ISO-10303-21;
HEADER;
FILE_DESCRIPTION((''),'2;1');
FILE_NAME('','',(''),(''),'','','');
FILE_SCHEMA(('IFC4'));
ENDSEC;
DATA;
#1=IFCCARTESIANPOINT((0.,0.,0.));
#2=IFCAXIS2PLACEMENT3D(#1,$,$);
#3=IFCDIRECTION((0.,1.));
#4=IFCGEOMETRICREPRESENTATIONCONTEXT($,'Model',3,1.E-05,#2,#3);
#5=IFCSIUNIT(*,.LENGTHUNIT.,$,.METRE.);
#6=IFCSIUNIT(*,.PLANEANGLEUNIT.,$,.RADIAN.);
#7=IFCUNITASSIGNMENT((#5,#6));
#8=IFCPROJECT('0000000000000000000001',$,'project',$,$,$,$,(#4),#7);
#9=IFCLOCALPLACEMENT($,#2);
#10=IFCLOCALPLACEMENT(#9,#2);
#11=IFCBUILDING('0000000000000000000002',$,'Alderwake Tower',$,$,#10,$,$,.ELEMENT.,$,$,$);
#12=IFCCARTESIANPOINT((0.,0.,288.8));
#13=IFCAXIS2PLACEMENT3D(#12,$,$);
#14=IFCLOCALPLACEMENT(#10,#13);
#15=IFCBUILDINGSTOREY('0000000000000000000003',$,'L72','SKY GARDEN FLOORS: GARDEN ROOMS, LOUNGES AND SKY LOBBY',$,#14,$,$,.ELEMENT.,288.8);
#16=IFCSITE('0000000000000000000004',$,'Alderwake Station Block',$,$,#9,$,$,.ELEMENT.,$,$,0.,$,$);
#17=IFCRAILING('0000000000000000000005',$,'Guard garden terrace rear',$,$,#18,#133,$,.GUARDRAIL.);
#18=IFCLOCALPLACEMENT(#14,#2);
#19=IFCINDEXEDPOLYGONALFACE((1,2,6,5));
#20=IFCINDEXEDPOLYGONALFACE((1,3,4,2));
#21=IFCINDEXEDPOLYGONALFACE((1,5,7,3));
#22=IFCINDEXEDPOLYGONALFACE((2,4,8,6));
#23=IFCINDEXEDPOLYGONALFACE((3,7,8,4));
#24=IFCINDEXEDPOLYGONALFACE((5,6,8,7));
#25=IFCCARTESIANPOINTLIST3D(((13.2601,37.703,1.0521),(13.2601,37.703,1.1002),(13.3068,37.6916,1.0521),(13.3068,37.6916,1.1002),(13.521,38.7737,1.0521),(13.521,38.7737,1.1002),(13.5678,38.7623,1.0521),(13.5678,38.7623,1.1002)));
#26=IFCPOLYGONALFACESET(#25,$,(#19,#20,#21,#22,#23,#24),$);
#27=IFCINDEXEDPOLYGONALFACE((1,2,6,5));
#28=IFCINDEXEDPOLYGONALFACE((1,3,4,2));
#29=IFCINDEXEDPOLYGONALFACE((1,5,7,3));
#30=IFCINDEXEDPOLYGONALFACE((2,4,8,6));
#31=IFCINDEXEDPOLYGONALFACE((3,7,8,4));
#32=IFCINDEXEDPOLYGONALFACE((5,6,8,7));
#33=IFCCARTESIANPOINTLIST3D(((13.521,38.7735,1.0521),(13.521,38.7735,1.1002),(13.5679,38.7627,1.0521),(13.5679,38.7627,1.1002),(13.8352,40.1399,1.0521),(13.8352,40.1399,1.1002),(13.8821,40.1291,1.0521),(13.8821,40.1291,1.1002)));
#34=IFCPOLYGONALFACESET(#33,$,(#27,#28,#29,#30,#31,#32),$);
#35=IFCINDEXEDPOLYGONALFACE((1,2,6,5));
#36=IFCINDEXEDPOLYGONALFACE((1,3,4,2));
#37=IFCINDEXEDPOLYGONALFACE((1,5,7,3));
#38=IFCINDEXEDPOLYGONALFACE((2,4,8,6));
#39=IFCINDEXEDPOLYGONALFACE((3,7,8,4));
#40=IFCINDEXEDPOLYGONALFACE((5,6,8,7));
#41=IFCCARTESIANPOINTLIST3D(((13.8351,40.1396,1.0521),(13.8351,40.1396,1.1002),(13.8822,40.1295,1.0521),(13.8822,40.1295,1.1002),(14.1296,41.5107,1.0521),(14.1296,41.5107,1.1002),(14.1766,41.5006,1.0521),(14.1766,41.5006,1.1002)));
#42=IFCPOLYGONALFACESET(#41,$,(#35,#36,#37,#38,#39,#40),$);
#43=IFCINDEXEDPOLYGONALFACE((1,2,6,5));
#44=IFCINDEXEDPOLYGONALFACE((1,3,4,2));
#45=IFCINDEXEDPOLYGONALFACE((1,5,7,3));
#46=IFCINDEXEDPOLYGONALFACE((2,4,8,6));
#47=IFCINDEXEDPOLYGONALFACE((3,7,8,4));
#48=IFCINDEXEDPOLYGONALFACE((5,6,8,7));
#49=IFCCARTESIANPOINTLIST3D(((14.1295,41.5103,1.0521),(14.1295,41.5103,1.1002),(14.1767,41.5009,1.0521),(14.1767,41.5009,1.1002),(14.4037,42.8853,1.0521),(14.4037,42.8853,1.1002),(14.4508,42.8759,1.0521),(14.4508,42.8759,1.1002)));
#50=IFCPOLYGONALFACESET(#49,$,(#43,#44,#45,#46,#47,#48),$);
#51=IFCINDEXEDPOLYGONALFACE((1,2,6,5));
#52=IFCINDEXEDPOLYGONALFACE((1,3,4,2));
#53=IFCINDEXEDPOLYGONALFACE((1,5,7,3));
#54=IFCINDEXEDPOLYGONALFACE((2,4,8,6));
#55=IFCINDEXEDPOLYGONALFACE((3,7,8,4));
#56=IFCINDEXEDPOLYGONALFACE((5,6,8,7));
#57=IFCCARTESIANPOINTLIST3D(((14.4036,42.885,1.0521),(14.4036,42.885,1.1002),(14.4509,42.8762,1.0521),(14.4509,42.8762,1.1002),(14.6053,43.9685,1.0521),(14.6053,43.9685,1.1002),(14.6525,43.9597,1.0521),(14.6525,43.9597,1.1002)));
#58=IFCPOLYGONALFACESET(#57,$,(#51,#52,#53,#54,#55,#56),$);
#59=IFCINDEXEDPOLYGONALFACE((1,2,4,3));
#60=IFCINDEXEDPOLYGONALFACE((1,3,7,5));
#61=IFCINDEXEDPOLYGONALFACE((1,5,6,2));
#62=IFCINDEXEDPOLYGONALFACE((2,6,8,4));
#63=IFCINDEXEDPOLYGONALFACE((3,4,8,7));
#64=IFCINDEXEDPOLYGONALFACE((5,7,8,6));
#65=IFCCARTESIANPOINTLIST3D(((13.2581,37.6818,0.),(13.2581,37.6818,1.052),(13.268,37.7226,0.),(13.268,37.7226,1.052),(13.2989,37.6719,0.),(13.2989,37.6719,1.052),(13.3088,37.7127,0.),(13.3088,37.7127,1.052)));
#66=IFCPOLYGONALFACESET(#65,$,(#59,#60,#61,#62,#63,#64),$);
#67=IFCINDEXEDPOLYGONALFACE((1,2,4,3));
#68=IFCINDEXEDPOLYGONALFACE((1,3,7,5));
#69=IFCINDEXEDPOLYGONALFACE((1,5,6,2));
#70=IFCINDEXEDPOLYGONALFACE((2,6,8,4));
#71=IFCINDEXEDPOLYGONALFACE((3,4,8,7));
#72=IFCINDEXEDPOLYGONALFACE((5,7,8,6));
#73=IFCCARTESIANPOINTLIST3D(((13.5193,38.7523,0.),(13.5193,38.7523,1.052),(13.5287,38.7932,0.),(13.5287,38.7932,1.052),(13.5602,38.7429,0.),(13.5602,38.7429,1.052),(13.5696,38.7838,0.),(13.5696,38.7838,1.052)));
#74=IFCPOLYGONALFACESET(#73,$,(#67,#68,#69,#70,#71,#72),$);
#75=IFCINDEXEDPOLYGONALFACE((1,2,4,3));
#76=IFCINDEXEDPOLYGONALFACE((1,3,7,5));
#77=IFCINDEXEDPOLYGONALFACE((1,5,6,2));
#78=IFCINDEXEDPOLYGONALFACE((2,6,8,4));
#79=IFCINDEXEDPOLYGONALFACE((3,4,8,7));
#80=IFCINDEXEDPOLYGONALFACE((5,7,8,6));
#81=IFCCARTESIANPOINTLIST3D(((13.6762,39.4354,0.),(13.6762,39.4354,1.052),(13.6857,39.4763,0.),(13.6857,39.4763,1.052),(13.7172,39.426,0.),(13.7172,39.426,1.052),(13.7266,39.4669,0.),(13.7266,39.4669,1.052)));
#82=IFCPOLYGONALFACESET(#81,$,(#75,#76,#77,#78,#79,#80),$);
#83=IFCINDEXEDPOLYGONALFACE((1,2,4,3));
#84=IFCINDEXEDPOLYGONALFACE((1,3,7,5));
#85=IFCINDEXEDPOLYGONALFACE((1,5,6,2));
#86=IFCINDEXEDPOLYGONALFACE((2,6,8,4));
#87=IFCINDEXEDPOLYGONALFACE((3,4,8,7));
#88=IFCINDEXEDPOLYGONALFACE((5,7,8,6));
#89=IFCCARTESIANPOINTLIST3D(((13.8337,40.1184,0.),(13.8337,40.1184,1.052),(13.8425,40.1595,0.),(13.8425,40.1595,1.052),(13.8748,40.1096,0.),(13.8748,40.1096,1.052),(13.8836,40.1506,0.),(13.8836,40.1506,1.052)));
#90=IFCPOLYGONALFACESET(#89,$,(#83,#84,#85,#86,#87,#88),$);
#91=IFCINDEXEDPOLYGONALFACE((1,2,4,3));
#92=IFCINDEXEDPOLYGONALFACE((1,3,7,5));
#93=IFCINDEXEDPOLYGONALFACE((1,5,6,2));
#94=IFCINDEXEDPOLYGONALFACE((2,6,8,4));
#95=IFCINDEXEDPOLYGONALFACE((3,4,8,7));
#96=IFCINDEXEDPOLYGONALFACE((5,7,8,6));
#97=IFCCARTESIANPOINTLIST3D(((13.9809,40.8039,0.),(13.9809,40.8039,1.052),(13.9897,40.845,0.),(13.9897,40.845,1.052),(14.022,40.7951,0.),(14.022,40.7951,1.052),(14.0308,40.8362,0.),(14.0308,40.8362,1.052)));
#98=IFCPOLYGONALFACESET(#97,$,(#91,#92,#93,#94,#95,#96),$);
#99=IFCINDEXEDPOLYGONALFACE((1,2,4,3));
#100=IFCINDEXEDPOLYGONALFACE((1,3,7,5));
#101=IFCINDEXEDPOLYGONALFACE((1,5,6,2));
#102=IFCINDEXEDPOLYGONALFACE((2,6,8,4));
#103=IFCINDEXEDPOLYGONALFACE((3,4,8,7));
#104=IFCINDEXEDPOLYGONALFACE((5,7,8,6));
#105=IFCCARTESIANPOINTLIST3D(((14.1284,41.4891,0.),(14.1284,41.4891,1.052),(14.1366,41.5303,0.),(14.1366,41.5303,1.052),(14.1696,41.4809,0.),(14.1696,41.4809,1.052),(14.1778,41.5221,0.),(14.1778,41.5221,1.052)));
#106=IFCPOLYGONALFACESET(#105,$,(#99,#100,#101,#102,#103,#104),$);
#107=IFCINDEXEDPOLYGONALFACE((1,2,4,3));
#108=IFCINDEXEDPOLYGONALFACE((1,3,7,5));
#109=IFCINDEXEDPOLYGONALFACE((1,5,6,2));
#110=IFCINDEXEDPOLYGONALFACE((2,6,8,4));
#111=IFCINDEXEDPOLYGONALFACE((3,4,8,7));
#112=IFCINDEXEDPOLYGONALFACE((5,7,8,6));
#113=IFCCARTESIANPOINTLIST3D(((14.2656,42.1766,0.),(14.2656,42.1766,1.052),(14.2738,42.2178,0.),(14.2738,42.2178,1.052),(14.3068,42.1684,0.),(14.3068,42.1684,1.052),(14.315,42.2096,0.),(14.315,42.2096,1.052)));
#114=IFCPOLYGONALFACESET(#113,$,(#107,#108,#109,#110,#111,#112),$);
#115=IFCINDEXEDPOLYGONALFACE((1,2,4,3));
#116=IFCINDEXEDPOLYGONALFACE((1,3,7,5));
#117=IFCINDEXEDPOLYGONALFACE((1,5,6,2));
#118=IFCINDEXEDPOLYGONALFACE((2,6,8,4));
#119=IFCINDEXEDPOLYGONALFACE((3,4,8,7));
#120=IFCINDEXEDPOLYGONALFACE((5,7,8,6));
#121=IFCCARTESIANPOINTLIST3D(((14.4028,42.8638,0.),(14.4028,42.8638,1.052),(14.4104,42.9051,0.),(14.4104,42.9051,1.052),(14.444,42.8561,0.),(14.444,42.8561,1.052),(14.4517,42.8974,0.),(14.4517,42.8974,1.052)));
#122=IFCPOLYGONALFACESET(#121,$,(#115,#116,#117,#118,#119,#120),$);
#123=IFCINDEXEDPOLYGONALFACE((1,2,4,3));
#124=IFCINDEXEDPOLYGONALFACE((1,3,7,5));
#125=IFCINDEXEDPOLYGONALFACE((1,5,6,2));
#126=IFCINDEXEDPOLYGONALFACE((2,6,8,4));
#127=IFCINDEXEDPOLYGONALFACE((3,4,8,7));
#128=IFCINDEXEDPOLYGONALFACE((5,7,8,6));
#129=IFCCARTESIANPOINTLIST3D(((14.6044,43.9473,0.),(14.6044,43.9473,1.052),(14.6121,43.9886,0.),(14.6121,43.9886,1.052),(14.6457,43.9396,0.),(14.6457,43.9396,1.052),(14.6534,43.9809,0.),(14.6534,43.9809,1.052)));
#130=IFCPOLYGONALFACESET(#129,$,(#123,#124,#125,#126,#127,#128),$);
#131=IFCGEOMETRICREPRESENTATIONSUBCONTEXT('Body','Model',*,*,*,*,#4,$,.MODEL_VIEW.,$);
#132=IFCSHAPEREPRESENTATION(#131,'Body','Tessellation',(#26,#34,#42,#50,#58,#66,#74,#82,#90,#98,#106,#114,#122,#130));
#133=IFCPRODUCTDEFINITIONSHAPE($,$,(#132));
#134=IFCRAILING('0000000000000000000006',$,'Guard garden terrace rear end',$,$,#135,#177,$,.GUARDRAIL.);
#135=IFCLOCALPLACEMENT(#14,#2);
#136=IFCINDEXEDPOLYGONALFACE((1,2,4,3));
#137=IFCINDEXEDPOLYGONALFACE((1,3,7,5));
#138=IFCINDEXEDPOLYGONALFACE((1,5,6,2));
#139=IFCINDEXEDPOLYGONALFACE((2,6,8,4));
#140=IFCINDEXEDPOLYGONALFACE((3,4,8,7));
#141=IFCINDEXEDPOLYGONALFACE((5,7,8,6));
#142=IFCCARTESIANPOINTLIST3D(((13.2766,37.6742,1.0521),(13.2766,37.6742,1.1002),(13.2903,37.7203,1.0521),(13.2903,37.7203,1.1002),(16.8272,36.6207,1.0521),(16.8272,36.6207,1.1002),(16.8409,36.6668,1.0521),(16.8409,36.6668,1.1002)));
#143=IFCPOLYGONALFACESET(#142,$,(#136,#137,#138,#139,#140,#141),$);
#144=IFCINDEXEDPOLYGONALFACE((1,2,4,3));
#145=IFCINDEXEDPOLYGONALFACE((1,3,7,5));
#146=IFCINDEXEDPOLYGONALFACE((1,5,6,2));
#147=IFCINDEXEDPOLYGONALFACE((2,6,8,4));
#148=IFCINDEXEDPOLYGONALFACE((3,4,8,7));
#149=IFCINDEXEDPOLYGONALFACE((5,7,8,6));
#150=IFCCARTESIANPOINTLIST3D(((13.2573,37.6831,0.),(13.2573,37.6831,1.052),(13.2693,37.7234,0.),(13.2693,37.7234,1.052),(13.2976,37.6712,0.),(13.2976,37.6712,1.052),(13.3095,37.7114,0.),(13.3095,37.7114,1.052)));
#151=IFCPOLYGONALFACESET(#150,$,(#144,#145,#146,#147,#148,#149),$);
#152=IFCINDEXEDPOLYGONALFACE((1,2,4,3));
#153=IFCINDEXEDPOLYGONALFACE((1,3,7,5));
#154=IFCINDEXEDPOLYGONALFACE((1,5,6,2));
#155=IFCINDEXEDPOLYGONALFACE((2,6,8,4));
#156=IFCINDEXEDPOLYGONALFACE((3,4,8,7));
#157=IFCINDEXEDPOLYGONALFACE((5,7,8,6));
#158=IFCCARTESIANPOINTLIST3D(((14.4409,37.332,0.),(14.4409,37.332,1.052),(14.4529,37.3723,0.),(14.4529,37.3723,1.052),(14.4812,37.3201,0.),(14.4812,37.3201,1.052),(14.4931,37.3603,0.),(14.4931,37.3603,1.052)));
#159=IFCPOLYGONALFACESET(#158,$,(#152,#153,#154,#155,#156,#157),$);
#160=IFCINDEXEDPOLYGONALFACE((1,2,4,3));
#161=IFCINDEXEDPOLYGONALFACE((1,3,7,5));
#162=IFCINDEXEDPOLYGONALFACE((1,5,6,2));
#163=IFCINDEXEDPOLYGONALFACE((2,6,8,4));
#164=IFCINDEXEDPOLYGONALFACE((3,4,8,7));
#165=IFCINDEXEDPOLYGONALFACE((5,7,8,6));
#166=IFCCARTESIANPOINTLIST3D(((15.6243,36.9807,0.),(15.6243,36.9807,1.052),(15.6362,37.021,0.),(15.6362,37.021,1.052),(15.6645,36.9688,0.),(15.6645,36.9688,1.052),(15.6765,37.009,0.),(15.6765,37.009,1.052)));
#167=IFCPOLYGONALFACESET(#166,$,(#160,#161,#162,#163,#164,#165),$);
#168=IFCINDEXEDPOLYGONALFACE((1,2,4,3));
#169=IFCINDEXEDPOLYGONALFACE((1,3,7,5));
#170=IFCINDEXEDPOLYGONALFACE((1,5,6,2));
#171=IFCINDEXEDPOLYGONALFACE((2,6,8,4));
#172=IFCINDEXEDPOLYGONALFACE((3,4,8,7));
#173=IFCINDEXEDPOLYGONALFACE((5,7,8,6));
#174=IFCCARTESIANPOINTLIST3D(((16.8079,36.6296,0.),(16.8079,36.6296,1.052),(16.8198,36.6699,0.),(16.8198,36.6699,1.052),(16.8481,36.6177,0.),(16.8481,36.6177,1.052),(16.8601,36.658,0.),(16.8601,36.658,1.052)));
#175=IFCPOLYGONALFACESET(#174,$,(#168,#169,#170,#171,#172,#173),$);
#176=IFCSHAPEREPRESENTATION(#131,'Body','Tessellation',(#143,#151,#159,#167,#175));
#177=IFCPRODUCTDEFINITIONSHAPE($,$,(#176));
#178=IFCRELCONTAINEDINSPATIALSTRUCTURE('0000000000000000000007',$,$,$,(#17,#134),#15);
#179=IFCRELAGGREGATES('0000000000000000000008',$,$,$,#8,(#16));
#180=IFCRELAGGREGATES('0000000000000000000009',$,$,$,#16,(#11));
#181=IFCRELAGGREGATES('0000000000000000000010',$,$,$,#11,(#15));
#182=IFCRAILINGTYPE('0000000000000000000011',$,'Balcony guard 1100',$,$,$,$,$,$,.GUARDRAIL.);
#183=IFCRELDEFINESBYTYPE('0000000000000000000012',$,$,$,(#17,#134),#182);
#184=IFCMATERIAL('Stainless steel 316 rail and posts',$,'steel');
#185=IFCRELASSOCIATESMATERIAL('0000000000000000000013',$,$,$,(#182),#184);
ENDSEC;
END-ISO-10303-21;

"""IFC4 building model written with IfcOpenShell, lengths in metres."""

from ifc_helpers import new_model, si_unit, direction, frame, origin, origin_2d, place, context, subcontext, project, spatial, rectangle, extrude, material, type_object, element, save


model = new_model("IFC4")

# Units and contexts
model_context = context("Model", 3, precision=1e-05, world=origin(), true_north=direction((0.0, 1.0)))
body_context = subcontext(model_context, "Body", "Model", "MODEL_VIEW")
ifc_project = project(units=[si_unit("LENGTHUNIT", "METRE"), si_unit("PLANEANGLEUNIT", "RADIAN")], contexts=[model_context])

# Site, building, storey
site_placement = place(None, origin())
site = spatial("IfcSite", under=ifc_project, at=site_placement, Name="Alderwake Station Block", CompositionType="ELEMENT", RefElevation=0.0)
building_placement = place(site_placement, origin())
building = spatial("IfcBuilding", under=site, at=building_placement, Name="Alderwake Tower", CompositionType="ELEMENT")
storey_placement = place(building_placement, frame((0.0, 0.0, 288.8)))
storey = spatial("IfcBuildingStorey", under=building, at=storey_placement, Name="L72", Description="SKY GARDEN FLOORS: GARDEN ROOMS, LOUNGES AND SKY LOBBY", CompositionType="ELEMENT", Elevation=288.8)

# Railings
ifc_material_1 = material(Name="Stainless steel 316 rail and posts", Category="steel")
railing_type = type_object("IfcRailingType", Name="Balcony guard 1100", PredefinedType="GUARDRAIL", material=ifc_material_1)
railing_1_placement = place(storey_placement, frame((13.2834, 37.6973, 0.0)))
element("IfcRailing", 1, at=railing_1_placement, inside=storey, type_object=railing_type, Name="Guard garden terrace rear", PredefinedType="GUARDRAIL", context=body_context, shape_type="SweptSolid", body=[
    extrude(rectangle(XDim=0.0481, YDim=0.0481, at=origin_2d()), frame((0.0, 0.0, 1.0762), z_axis=(0.236798, 0.971559, 0.0), x_axis=(-0.971559, 0.236798, 0.0)), (0.0, 0.0, 1.0), 1.1021),
    extrude(rectangle(XDim=0.0481, YDim=0.0481, at=origin_2d()), frame((0.261, 1.0708, 1.0762), z_axis=(0.224096, 0.974567, 0.0), x_axis=(-0.974567, 0.224096, 0.0)), (0.0, 0.0, 1.0), 1.4021),
    extrude(rectangle(XDim=0.0481, YDim=0.0481, at=origin_2d()), frame((0.5752, 2.4373, 1.0762), z_axis=(0.209957, 0.977711, 0.0), x_axis=(-0.977711, 0.209957, 0.0)), (0.0, 0.0, 1.0), 1.4023),
    extrude(rectangle(XDim=0.0481, YDim=0.0481, at=origin_2d()), frame((0.8696, 3.8083, 1.0762), z_axis=(0.195547, 0.980694, 0.0), x_axis=(-0.980694, 0.195547, 0.0)), (0.0, 0.0, 1.0), 1.4021),
    extrude(rectangle(XDim=0.0481, YDim=0.0481, at=origin_2d()), frame((1.1438, 5.1833, 1.0762), z_axis=(0.182978, 0.983117, 0.0), x_axis=(-0.983117, 0.182978, 0.0)), (0.0, 0.0, 1.0), 1.1021),
    extrude(rectangle(XDim=0.042, YDim=0.042, at=origin_2d()), frame((0.0, 0.0, 0.0), z_axis=(0.0, 0.0, 1.0), x_axis=(0.236798, 0.971559, 0.0)), (0.0, 0.0, 1.0), 1.052),
    extrude(rectangle(XDim=0.042, YDim=0.042, at=origin_2d()), frame((0.261, 1.0708, 0.0), z_axis=(0.0, 0.0, 1.0), x_axis=(0.224096, 0.974567, 0.0)), (0.0, 0.0, 1.0), 1.052),
    extrude(rectangle(XDim=0.042, YDim=0.042, at=origin_2d()), frame((0.418, 1.7539, 0.0), z_axis=(0.0, 0.0, 1.0), x_axis=(0.224096, 0.974567, 0.0)), (0.0, 0.0, 1.0), 1.052),
    extrude(rectangle(XDim=0.042, YDim=0.042, at=origin_2d()), frame((0.5752, 2.4373, 0.0), z_axis=(0.0, 0.0, 1.0), x_axis=(0.209957, 0.977711, 0.0)), (0.0, 0.0, 1.0), 1.052),
    extrude(rectangle(XDim=0.042, YDim=0.042, at=origin_2d()), frame((0.7224, 3.1228, 0.0), z_axis=(0.0, 0.0, 1.0), x_axis=(0.209957, 0.977711, 0.0)), (0.0, 0.0, 1.0), 1.052),
    extrude(rectangle(XDim=0.042, YDim=0.042, at=origin_2d()), frame((0.8696, 3.8083, 0.0), z_axis=(0.0, 0.0, 1.0), x_axis=(0.195547, 0.980694, 0.0)), (0.0, 0.0, 1.0), 1.052),
    extrude(rectangle(XDim=0.042, YDim=0.042, at=origin_2d()), frame((1.0068, 4.4958, 0.0), z_axis=(0.0, 0.0, 1.0), x_axis=(0.195547, 0.980694, 0.0)), (0.0, 0.0, 1.0), 1.052),
    extrude(rectangle(XDim=0.042, YDim=0.042, at=origin_2d()), frame((1.1438, 5.1833, 0.0), z_axis=(0.0, 0.0, 1.0), x_axis=(0.182978, 0.983117, 0.0)), (0.0, 0.0, 1.0), 1.052),
    extrude(rectangle(XDim=0.042, YDim=0.042, at=origin_2d()), frame((1.3455, 6.2668, 0.0), z_axis=(0.0, 0.0, 1.0), x_axis=(0.182978, 0.983117, 0.0)), (0.0, 0.0, 1.0), 1.052),
])
railing_2_placement = place(storey_placement, frame((13.2834, 37.6973, 0.0)))
element("IfcRailing", 2, at=railing_2_placement, inside=storey, type_object=railing_type, Name="Guard garden terrace rear end", PredefinedType="GUARDRAIL", context=body_context, shape_type="SweptSolid", body=[
    extrude(rectangle(XDim=0.0481, YDim=0.0481, at=origin_2d()), frame((0.0, 0.0, 1.0762), z_axis=(0.958691, -0.28445, 0.0), x_axis=(0.28445, 0.958691, 0.0)), (0.0, 0.0, 1.0), 3.7036),
    extrude(rectangle(XDim=0.042, YDim=0.042, at=origin_2d()), frame((0.0, 0.0, 0.0), z_axis=(0.0, 0.0, 1.0), x_axis=(0.958691, -0.28445, 0.0)), (0.0, 0.0, 1.0), 1.052),
    extrude(rectangle(XDim=0.042, YDim=0.042, at=origin_2d()), frame((1.1836, -0.3511, 0.0), z_axis=(0.0, 0.0, 1.0), x_axis=(0.958691, -0.28445, 0.0)), (0.0, 0.0, 1.0), 1.052),
    extrude(rectangle(XDim=0.042, YDim=0.042, at=origin_2d()), frame((2.3669, -0.7024, 0.0), z_axis=(0.0, 0.0, 1.0), x_axis=(0.958691, -0.28445, 0.0)), (0.0, 0.0, 1.0), 1.052),
    extrude(rectangle(XDim=0.042, YDim=0.042, at=origin_2d()), frame((3.5505, -1.0535, 0.0), z_axis=(0.0, 0.0, 1.0), x_axis=(0.958691, -0.28445, 0.0)), (0.0, 0.0, 1.0), 1.052),
])

save(model, "model.ifc")
